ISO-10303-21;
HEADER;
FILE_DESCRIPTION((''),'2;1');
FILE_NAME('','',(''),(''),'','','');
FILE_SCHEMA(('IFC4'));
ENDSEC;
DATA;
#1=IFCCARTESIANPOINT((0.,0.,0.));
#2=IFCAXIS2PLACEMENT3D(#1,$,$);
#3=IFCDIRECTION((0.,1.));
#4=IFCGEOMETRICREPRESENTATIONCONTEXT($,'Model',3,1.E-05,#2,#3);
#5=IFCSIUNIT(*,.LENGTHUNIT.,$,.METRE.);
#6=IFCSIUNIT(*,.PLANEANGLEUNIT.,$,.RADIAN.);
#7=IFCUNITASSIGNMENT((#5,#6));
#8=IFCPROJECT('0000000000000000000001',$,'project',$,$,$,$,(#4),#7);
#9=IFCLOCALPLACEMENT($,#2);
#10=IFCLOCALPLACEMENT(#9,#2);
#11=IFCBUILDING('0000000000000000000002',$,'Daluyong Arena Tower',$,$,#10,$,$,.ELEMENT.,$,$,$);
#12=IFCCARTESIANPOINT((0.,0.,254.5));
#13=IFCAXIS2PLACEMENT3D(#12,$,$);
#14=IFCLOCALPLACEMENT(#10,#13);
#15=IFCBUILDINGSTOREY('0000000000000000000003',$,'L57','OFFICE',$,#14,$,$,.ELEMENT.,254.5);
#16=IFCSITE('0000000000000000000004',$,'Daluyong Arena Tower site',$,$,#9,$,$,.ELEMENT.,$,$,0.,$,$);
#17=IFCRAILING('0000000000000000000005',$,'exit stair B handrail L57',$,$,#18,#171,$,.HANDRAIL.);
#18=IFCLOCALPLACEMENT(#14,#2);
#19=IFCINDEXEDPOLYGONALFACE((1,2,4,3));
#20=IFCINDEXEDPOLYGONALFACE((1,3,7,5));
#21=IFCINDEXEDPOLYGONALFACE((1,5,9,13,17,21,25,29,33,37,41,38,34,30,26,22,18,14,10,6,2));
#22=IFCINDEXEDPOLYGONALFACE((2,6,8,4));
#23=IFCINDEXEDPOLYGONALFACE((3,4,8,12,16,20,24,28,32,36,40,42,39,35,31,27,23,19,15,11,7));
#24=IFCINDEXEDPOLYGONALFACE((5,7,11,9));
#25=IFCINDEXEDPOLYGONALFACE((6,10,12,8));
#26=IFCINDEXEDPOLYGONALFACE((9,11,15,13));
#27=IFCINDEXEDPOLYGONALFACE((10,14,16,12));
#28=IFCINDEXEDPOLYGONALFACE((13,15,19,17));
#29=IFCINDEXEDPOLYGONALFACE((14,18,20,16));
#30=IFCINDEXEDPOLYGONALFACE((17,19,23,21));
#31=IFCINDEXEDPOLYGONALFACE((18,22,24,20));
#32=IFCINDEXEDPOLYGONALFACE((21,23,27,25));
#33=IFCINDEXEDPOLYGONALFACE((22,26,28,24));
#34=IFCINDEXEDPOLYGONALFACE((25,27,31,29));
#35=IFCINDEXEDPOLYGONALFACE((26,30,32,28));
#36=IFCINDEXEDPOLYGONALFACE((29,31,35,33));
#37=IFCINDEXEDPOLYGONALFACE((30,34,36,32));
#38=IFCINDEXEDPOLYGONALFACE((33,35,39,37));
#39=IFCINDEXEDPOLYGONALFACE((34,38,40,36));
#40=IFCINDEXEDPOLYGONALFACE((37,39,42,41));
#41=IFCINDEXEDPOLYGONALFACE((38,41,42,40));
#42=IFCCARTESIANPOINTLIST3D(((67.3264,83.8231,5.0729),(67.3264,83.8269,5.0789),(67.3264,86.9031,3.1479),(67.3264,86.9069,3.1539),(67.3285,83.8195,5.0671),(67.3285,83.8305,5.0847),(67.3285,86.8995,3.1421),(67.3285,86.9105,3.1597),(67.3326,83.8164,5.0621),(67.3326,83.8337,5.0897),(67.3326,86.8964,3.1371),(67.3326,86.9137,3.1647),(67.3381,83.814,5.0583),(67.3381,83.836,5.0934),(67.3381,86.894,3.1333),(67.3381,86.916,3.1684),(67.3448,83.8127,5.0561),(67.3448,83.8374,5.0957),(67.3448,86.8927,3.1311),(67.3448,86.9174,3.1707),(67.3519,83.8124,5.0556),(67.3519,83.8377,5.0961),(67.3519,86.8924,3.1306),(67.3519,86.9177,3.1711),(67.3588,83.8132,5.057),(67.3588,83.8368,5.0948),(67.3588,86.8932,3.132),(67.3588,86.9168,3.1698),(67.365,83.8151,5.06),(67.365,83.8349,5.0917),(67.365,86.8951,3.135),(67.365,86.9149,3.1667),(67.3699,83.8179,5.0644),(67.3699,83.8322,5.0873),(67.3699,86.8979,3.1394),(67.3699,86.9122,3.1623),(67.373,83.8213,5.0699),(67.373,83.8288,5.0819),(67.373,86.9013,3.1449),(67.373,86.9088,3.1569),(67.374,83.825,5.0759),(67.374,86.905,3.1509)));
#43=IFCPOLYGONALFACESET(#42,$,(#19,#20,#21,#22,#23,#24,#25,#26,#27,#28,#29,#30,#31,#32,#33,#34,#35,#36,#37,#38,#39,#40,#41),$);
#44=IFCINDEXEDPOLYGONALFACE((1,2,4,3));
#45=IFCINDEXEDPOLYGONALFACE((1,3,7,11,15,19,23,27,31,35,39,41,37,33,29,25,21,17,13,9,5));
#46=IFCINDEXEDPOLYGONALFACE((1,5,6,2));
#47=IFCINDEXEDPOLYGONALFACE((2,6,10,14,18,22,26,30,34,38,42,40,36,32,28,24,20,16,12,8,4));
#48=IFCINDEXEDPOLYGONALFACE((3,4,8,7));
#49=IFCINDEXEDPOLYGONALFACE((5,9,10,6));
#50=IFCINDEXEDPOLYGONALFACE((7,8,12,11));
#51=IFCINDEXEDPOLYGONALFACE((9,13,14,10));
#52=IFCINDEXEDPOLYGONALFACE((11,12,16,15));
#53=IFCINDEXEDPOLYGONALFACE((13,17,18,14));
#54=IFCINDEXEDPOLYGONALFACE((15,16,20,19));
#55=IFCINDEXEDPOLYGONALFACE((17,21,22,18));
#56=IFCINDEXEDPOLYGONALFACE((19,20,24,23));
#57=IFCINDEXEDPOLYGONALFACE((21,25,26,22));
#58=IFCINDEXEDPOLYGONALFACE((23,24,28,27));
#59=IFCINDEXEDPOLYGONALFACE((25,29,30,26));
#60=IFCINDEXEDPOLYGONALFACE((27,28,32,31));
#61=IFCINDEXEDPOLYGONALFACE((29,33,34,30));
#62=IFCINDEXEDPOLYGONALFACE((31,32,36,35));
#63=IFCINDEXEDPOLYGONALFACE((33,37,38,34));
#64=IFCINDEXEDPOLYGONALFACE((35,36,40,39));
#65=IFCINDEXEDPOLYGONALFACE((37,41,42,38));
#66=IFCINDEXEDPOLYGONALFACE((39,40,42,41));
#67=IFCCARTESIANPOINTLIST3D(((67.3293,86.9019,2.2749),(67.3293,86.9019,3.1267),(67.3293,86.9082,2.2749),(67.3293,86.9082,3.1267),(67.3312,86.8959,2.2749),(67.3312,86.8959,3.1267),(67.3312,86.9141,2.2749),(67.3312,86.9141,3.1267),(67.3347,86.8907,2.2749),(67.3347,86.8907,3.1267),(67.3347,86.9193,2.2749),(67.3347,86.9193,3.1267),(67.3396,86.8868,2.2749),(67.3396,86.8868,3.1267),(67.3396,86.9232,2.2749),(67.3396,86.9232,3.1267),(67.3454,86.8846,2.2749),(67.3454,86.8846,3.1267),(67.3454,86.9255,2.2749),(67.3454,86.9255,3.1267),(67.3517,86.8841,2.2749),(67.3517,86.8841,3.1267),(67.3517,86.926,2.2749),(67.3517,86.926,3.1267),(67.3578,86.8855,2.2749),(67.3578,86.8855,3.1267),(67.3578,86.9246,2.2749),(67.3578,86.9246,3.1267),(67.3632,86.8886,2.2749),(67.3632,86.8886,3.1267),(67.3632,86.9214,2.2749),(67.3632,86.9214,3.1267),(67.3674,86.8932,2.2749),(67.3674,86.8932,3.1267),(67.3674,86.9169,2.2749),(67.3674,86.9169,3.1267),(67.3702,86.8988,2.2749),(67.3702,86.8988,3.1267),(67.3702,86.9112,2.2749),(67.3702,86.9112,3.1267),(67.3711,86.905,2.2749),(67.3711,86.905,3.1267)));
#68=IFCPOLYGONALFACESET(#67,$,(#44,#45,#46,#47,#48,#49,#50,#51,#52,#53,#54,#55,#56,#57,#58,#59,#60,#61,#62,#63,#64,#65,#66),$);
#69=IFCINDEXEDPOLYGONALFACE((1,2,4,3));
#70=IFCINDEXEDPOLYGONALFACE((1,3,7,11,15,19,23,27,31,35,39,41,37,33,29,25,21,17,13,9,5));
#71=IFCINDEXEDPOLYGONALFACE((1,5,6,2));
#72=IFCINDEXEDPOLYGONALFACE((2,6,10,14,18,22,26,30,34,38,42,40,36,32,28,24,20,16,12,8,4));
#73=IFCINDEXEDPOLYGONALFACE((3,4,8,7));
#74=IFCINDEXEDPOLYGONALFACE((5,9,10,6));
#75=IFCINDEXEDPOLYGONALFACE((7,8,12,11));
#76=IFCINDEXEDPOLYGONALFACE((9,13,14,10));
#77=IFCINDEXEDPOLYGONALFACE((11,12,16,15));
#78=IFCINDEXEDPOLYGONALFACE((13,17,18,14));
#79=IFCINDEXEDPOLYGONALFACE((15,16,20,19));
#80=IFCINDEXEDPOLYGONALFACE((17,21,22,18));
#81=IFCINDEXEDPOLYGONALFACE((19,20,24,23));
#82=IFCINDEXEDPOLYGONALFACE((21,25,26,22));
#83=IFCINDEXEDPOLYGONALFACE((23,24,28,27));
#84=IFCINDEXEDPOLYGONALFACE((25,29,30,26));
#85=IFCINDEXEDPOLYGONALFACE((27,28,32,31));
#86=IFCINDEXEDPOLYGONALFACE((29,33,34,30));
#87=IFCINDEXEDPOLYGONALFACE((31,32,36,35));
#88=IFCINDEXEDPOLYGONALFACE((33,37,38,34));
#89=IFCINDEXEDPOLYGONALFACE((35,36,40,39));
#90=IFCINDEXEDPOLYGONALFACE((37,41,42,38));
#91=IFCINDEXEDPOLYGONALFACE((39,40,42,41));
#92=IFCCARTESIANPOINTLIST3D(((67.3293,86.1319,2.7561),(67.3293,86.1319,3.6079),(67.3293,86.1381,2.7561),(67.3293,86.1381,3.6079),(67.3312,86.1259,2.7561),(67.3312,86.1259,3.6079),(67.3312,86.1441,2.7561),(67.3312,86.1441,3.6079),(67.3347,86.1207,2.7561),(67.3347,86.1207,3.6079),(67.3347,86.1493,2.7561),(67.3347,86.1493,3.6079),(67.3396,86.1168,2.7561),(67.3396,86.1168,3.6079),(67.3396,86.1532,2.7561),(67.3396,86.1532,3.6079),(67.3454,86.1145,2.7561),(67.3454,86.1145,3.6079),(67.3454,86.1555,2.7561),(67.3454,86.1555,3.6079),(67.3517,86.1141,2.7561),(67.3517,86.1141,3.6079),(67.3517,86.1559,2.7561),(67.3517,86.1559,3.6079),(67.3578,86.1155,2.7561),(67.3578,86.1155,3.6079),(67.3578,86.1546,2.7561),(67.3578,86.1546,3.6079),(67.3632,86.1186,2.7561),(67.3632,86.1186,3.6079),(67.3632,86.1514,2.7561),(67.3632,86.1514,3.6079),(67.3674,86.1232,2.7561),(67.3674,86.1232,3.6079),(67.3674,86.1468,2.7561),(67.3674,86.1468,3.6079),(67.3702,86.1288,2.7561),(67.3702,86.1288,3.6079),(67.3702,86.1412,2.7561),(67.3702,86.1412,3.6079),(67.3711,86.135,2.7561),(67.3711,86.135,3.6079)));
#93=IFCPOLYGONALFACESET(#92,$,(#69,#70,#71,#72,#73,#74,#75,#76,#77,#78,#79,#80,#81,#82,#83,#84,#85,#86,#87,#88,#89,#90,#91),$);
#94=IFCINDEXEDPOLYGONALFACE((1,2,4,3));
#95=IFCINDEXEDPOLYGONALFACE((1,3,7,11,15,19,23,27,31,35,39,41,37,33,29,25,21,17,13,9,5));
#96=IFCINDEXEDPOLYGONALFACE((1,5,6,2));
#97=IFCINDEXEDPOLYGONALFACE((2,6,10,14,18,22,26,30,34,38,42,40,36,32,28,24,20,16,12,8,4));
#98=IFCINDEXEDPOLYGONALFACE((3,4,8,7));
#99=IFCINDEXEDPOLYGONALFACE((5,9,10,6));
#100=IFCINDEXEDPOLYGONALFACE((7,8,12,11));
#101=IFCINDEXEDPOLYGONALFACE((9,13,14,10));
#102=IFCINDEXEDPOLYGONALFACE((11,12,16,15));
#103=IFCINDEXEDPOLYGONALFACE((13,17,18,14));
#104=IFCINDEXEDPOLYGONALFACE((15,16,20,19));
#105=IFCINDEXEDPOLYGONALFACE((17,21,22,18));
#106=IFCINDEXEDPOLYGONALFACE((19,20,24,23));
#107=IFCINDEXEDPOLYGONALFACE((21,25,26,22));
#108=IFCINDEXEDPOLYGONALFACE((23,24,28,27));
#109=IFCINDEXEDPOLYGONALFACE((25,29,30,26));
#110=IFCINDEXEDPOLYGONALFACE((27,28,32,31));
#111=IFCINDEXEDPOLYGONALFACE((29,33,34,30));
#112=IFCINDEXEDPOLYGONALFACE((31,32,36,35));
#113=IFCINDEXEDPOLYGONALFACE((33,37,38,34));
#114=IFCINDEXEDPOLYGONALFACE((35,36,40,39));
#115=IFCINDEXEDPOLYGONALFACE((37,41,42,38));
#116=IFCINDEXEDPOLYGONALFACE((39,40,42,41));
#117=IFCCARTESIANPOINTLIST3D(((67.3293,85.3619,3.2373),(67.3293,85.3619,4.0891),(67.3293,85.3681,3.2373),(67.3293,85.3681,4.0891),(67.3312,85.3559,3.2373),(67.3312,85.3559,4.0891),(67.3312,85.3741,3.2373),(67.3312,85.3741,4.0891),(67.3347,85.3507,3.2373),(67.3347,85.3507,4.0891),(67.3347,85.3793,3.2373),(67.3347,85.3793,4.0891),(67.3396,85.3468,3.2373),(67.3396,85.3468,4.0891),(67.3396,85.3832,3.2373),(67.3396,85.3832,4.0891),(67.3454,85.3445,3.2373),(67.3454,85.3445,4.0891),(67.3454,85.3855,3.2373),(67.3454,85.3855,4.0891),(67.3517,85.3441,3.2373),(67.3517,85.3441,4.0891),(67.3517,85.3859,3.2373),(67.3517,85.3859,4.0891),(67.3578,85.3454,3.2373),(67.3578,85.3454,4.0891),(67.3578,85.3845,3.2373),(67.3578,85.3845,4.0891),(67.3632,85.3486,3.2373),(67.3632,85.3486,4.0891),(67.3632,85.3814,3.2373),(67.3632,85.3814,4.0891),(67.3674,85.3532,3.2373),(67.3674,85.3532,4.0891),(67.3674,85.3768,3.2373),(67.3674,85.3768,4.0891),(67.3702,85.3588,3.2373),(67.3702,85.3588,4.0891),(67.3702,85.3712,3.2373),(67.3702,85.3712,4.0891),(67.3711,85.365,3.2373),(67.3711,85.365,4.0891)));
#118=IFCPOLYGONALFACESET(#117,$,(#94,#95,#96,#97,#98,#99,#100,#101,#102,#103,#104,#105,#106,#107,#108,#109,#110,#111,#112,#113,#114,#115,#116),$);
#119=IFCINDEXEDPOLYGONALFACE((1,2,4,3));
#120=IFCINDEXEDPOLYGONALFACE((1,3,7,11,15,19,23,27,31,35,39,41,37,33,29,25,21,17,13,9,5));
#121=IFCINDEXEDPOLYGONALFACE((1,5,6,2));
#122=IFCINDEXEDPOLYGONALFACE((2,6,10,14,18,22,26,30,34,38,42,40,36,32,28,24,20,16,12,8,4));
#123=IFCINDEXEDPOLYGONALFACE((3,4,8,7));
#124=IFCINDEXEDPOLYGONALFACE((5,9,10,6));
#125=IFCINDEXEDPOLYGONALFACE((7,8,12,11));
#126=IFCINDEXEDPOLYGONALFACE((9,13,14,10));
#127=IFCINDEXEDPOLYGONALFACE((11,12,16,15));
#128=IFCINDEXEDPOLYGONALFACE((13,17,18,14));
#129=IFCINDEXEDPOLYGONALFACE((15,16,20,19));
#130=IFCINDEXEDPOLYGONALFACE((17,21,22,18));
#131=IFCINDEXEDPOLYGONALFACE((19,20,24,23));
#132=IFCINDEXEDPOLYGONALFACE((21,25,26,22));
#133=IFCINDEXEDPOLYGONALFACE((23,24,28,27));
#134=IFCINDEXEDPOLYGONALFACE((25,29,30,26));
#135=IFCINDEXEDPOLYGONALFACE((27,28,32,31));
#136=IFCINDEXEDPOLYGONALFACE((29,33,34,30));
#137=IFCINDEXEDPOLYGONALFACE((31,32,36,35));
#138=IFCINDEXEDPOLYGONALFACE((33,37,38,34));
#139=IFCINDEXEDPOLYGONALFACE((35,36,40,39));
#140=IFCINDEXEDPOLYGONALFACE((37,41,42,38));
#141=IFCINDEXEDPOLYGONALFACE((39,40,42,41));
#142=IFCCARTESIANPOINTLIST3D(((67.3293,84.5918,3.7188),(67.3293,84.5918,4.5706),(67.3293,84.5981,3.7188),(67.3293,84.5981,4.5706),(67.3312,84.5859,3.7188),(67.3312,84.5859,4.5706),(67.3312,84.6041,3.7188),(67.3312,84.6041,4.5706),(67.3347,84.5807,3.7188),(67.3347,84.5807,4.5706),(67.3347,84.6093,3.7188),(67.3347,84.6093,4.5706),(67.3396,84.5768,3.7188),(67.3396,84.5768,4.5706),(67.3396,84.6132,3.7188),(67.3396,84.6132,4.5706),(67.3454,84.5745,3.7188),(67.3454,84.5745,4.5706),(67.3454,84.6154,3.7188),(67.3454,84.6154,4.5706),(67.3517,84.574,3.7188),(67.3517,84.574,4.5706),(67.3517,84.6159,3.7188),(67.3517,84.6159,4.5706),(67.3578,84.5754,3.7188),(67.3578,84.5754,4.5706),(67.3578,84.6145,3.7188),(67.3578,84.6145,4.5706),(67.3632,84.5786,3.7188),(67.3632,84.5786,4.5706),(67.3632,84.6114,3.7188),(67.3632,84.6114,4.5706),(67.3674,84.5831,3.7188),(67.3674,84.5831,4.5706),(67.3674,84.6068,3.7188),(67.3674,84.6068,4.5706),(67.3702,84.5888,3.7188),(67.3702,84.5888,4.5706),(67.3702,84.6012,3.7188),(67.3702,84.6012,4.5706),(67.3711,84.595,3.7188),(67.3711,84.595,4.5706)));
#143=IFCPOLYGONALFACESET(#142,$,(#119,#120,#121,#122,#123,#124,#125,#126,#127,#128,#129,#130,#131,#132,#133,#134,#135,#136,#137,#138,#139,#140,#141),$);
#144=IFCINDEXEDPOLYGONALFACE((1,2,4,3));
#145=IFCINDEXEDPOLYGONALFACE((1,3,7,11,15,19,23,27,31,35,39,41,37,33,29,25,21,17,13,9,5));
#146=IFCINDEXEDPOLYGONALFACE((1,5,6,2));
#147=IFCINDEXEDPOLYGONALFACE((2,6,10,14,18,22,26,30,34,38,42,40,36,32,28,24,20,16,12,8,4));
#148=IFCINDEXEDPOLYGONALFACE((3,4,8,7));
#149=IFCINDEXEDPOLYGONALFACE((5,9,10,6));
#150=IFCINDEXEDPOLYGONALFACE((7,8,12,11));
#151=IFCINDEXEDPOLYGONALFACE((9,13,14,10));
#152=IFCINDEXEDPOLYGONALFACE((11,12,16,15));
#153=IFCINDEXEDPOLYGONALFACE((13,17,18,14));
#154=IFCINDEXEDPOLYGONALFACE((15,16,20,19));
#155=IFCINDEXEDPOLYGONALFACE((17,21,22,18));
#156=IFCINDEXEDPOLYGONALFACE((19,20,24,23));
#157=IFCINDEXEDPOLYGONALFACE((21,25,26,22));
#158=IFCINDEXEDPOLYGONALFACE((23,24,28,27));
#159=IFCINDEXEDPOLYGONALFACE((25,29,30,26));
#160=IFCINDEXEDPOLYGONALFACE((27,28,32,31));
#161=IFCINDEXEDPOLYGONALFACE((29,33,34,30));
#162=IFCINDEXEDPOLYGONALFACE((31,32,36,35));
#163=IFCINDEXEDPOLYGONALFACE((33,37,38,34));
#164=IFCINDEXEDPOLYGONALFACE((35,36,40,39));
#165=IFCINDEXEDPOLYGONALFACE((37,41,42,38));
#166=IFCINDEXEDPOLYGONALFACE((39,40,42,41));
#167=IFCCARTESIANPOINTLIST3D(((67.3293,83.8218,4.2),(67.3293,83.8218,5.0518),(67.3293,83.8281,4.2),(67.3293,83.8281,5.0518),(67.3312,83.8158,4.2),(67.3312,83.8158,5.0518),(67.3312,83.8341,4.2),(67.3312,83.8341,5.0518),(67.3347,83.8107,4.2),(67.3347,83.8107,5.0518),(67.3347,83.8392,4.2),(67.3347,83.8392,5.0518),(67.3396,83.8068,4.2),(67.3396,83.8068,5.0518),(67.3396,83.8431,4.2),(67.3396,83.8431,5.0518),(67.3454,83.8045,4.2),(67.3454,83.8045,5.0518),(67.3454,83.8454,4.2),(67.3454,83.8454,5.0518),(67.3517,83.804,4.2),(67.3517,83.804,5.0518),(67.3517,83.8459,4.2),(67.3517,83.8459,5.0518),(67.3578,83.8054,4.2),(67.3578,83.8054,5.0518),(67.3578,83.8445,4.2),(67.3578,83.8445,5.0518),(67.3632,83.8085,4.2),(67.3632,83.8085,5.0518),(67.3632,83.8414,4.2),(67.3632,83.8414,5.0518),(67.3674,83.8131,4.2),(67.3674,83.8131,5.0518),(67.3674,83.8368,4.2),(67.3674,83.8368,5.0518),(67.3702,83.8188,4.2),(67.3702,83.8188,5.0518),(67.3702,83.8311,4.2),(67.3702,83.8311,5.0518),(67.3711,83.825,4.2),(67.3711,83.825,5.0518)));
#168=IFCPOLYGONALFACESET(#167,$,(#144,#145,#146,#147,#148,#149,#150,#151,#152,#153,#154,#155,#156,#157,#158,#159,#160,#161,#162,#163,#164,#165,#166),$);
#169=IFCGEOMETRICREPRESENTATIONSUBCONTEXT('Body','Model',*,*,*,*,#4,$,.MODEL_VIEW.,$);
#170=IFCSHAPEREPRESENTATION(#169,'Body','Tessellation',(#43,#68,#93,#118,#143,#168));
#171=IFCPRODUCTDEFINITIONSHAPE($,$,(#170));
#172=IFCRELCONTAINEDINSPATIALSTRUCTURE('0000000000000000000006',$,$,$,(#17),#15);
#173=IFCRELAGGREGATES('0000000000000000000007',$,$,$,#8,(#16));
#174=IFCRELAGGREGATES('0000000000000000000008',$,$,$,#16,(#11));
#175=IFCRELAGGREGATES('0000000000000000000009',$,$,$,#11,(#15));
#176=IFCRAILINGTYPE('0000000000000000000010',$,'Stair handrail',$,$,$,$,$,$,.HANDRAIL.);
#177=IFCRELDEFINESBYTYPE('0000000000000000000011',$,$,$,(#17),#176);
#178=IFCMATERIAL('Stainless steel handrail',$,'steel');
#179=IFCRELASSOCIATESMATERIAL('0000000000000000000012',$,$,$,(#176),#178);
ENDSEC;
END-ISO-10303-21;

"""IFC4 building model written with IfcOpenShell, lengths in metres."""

from ifc_helpers import new_model, si_unit, direction, frame, origin, origin_2d, place, context, subcontext, project, spatial, circle, extrude, material, type_object, element, save


model = new_model("IFC4")

# Units and contexts
model_context = context("Model", 3, precision=1e-05, world=origin(), true_north=direction((0.0, 1.0)))
body_context = subcontext(model_context, "Body", "Model", "MODEL_VIEW")
ifc_project = project(units=[si_unit("LENGTHUNIT", "METRE"), si_unit("PLANEANGLEUNIT", "RADIAN")], contexts=[model_context])

# Site, building, storey
site_placement = place(None, origin())
site = spatial("IfcSite", under=ifc_project, at=site_placement, Name="Daluyong Arena Tower site", CompositionType="ELEMENT", RefElevation=0.0)
building_placement = place(site_placement, origin())
building = spatial("IfcBuilding", under=site, at=building_placement, Name="Daluyong Arena Tower", CompositionType="ELEMENT")
storey_placement = place(building_placement, frame((0.0, 0.0, 254.5)))
storey = spatial("IfcBuildingStorey", under=building, at=storey_placement, Name="L57", Description="OFFICE", CompositionType="ELEMENT", Elevation=254.5)

# Railing
ifc_material_1 = material(Name="Stainless steel handrail", Category="steel")
railing_type = type_object("IfcRailingType", Name="Stair handrail", PredefinedType="HANDRAIL", material=ifc_material_1)
railing_placement = place(storey_placement, frame((67.3501, 86.905, 2.2749)))
element("IfcRailing", 1, at=railing_placement, inside=storey, type_object=railing_type, Name="exit stair B handrail L57", PredefinedType="HANDRAIL", context=body_context, shape_type="SweptSolid", body=[
    extrude(circle(Radius=0.0239, at=origin_2d()), frame((0.0, 0.0, 0.876), z_axis=(0.0, -0.847998, 0.529999), x_axis=(1.0, 0.0, 0.0)), (0.0, 0.0, 1.0), 3.6321),
    extrude(circle(Radius=0.021, at=origin_2d()), origin(), (0.0, 0.0, 1.0), 0.8518),
    extrude(circle(Radius=0.021, at=origin_2d()), frame((0.0, -0.77, 0.4812)), (0.0, 0.0, 1.0), 0.8518),
    extrude(circle(Radius=0.021, at=origin_2d()), frame((0.0, -1.54, 0.9624)), (0.0, 0.0, 1.0), 0.8518),
    extrude(circle(Radius=0.021, at=origin_2d()), frame((0.0, -2.3101, 1.4438)), (0.0, 0.0, 1.0), 0.8518),
    extrude(circle(Radius=0.021, at=origin_2d()), frame((0.0, -3.0801, 1.925)), (0.0, 0.0, 1.0), 0.8518),
])

save(model, "model.ifc")
